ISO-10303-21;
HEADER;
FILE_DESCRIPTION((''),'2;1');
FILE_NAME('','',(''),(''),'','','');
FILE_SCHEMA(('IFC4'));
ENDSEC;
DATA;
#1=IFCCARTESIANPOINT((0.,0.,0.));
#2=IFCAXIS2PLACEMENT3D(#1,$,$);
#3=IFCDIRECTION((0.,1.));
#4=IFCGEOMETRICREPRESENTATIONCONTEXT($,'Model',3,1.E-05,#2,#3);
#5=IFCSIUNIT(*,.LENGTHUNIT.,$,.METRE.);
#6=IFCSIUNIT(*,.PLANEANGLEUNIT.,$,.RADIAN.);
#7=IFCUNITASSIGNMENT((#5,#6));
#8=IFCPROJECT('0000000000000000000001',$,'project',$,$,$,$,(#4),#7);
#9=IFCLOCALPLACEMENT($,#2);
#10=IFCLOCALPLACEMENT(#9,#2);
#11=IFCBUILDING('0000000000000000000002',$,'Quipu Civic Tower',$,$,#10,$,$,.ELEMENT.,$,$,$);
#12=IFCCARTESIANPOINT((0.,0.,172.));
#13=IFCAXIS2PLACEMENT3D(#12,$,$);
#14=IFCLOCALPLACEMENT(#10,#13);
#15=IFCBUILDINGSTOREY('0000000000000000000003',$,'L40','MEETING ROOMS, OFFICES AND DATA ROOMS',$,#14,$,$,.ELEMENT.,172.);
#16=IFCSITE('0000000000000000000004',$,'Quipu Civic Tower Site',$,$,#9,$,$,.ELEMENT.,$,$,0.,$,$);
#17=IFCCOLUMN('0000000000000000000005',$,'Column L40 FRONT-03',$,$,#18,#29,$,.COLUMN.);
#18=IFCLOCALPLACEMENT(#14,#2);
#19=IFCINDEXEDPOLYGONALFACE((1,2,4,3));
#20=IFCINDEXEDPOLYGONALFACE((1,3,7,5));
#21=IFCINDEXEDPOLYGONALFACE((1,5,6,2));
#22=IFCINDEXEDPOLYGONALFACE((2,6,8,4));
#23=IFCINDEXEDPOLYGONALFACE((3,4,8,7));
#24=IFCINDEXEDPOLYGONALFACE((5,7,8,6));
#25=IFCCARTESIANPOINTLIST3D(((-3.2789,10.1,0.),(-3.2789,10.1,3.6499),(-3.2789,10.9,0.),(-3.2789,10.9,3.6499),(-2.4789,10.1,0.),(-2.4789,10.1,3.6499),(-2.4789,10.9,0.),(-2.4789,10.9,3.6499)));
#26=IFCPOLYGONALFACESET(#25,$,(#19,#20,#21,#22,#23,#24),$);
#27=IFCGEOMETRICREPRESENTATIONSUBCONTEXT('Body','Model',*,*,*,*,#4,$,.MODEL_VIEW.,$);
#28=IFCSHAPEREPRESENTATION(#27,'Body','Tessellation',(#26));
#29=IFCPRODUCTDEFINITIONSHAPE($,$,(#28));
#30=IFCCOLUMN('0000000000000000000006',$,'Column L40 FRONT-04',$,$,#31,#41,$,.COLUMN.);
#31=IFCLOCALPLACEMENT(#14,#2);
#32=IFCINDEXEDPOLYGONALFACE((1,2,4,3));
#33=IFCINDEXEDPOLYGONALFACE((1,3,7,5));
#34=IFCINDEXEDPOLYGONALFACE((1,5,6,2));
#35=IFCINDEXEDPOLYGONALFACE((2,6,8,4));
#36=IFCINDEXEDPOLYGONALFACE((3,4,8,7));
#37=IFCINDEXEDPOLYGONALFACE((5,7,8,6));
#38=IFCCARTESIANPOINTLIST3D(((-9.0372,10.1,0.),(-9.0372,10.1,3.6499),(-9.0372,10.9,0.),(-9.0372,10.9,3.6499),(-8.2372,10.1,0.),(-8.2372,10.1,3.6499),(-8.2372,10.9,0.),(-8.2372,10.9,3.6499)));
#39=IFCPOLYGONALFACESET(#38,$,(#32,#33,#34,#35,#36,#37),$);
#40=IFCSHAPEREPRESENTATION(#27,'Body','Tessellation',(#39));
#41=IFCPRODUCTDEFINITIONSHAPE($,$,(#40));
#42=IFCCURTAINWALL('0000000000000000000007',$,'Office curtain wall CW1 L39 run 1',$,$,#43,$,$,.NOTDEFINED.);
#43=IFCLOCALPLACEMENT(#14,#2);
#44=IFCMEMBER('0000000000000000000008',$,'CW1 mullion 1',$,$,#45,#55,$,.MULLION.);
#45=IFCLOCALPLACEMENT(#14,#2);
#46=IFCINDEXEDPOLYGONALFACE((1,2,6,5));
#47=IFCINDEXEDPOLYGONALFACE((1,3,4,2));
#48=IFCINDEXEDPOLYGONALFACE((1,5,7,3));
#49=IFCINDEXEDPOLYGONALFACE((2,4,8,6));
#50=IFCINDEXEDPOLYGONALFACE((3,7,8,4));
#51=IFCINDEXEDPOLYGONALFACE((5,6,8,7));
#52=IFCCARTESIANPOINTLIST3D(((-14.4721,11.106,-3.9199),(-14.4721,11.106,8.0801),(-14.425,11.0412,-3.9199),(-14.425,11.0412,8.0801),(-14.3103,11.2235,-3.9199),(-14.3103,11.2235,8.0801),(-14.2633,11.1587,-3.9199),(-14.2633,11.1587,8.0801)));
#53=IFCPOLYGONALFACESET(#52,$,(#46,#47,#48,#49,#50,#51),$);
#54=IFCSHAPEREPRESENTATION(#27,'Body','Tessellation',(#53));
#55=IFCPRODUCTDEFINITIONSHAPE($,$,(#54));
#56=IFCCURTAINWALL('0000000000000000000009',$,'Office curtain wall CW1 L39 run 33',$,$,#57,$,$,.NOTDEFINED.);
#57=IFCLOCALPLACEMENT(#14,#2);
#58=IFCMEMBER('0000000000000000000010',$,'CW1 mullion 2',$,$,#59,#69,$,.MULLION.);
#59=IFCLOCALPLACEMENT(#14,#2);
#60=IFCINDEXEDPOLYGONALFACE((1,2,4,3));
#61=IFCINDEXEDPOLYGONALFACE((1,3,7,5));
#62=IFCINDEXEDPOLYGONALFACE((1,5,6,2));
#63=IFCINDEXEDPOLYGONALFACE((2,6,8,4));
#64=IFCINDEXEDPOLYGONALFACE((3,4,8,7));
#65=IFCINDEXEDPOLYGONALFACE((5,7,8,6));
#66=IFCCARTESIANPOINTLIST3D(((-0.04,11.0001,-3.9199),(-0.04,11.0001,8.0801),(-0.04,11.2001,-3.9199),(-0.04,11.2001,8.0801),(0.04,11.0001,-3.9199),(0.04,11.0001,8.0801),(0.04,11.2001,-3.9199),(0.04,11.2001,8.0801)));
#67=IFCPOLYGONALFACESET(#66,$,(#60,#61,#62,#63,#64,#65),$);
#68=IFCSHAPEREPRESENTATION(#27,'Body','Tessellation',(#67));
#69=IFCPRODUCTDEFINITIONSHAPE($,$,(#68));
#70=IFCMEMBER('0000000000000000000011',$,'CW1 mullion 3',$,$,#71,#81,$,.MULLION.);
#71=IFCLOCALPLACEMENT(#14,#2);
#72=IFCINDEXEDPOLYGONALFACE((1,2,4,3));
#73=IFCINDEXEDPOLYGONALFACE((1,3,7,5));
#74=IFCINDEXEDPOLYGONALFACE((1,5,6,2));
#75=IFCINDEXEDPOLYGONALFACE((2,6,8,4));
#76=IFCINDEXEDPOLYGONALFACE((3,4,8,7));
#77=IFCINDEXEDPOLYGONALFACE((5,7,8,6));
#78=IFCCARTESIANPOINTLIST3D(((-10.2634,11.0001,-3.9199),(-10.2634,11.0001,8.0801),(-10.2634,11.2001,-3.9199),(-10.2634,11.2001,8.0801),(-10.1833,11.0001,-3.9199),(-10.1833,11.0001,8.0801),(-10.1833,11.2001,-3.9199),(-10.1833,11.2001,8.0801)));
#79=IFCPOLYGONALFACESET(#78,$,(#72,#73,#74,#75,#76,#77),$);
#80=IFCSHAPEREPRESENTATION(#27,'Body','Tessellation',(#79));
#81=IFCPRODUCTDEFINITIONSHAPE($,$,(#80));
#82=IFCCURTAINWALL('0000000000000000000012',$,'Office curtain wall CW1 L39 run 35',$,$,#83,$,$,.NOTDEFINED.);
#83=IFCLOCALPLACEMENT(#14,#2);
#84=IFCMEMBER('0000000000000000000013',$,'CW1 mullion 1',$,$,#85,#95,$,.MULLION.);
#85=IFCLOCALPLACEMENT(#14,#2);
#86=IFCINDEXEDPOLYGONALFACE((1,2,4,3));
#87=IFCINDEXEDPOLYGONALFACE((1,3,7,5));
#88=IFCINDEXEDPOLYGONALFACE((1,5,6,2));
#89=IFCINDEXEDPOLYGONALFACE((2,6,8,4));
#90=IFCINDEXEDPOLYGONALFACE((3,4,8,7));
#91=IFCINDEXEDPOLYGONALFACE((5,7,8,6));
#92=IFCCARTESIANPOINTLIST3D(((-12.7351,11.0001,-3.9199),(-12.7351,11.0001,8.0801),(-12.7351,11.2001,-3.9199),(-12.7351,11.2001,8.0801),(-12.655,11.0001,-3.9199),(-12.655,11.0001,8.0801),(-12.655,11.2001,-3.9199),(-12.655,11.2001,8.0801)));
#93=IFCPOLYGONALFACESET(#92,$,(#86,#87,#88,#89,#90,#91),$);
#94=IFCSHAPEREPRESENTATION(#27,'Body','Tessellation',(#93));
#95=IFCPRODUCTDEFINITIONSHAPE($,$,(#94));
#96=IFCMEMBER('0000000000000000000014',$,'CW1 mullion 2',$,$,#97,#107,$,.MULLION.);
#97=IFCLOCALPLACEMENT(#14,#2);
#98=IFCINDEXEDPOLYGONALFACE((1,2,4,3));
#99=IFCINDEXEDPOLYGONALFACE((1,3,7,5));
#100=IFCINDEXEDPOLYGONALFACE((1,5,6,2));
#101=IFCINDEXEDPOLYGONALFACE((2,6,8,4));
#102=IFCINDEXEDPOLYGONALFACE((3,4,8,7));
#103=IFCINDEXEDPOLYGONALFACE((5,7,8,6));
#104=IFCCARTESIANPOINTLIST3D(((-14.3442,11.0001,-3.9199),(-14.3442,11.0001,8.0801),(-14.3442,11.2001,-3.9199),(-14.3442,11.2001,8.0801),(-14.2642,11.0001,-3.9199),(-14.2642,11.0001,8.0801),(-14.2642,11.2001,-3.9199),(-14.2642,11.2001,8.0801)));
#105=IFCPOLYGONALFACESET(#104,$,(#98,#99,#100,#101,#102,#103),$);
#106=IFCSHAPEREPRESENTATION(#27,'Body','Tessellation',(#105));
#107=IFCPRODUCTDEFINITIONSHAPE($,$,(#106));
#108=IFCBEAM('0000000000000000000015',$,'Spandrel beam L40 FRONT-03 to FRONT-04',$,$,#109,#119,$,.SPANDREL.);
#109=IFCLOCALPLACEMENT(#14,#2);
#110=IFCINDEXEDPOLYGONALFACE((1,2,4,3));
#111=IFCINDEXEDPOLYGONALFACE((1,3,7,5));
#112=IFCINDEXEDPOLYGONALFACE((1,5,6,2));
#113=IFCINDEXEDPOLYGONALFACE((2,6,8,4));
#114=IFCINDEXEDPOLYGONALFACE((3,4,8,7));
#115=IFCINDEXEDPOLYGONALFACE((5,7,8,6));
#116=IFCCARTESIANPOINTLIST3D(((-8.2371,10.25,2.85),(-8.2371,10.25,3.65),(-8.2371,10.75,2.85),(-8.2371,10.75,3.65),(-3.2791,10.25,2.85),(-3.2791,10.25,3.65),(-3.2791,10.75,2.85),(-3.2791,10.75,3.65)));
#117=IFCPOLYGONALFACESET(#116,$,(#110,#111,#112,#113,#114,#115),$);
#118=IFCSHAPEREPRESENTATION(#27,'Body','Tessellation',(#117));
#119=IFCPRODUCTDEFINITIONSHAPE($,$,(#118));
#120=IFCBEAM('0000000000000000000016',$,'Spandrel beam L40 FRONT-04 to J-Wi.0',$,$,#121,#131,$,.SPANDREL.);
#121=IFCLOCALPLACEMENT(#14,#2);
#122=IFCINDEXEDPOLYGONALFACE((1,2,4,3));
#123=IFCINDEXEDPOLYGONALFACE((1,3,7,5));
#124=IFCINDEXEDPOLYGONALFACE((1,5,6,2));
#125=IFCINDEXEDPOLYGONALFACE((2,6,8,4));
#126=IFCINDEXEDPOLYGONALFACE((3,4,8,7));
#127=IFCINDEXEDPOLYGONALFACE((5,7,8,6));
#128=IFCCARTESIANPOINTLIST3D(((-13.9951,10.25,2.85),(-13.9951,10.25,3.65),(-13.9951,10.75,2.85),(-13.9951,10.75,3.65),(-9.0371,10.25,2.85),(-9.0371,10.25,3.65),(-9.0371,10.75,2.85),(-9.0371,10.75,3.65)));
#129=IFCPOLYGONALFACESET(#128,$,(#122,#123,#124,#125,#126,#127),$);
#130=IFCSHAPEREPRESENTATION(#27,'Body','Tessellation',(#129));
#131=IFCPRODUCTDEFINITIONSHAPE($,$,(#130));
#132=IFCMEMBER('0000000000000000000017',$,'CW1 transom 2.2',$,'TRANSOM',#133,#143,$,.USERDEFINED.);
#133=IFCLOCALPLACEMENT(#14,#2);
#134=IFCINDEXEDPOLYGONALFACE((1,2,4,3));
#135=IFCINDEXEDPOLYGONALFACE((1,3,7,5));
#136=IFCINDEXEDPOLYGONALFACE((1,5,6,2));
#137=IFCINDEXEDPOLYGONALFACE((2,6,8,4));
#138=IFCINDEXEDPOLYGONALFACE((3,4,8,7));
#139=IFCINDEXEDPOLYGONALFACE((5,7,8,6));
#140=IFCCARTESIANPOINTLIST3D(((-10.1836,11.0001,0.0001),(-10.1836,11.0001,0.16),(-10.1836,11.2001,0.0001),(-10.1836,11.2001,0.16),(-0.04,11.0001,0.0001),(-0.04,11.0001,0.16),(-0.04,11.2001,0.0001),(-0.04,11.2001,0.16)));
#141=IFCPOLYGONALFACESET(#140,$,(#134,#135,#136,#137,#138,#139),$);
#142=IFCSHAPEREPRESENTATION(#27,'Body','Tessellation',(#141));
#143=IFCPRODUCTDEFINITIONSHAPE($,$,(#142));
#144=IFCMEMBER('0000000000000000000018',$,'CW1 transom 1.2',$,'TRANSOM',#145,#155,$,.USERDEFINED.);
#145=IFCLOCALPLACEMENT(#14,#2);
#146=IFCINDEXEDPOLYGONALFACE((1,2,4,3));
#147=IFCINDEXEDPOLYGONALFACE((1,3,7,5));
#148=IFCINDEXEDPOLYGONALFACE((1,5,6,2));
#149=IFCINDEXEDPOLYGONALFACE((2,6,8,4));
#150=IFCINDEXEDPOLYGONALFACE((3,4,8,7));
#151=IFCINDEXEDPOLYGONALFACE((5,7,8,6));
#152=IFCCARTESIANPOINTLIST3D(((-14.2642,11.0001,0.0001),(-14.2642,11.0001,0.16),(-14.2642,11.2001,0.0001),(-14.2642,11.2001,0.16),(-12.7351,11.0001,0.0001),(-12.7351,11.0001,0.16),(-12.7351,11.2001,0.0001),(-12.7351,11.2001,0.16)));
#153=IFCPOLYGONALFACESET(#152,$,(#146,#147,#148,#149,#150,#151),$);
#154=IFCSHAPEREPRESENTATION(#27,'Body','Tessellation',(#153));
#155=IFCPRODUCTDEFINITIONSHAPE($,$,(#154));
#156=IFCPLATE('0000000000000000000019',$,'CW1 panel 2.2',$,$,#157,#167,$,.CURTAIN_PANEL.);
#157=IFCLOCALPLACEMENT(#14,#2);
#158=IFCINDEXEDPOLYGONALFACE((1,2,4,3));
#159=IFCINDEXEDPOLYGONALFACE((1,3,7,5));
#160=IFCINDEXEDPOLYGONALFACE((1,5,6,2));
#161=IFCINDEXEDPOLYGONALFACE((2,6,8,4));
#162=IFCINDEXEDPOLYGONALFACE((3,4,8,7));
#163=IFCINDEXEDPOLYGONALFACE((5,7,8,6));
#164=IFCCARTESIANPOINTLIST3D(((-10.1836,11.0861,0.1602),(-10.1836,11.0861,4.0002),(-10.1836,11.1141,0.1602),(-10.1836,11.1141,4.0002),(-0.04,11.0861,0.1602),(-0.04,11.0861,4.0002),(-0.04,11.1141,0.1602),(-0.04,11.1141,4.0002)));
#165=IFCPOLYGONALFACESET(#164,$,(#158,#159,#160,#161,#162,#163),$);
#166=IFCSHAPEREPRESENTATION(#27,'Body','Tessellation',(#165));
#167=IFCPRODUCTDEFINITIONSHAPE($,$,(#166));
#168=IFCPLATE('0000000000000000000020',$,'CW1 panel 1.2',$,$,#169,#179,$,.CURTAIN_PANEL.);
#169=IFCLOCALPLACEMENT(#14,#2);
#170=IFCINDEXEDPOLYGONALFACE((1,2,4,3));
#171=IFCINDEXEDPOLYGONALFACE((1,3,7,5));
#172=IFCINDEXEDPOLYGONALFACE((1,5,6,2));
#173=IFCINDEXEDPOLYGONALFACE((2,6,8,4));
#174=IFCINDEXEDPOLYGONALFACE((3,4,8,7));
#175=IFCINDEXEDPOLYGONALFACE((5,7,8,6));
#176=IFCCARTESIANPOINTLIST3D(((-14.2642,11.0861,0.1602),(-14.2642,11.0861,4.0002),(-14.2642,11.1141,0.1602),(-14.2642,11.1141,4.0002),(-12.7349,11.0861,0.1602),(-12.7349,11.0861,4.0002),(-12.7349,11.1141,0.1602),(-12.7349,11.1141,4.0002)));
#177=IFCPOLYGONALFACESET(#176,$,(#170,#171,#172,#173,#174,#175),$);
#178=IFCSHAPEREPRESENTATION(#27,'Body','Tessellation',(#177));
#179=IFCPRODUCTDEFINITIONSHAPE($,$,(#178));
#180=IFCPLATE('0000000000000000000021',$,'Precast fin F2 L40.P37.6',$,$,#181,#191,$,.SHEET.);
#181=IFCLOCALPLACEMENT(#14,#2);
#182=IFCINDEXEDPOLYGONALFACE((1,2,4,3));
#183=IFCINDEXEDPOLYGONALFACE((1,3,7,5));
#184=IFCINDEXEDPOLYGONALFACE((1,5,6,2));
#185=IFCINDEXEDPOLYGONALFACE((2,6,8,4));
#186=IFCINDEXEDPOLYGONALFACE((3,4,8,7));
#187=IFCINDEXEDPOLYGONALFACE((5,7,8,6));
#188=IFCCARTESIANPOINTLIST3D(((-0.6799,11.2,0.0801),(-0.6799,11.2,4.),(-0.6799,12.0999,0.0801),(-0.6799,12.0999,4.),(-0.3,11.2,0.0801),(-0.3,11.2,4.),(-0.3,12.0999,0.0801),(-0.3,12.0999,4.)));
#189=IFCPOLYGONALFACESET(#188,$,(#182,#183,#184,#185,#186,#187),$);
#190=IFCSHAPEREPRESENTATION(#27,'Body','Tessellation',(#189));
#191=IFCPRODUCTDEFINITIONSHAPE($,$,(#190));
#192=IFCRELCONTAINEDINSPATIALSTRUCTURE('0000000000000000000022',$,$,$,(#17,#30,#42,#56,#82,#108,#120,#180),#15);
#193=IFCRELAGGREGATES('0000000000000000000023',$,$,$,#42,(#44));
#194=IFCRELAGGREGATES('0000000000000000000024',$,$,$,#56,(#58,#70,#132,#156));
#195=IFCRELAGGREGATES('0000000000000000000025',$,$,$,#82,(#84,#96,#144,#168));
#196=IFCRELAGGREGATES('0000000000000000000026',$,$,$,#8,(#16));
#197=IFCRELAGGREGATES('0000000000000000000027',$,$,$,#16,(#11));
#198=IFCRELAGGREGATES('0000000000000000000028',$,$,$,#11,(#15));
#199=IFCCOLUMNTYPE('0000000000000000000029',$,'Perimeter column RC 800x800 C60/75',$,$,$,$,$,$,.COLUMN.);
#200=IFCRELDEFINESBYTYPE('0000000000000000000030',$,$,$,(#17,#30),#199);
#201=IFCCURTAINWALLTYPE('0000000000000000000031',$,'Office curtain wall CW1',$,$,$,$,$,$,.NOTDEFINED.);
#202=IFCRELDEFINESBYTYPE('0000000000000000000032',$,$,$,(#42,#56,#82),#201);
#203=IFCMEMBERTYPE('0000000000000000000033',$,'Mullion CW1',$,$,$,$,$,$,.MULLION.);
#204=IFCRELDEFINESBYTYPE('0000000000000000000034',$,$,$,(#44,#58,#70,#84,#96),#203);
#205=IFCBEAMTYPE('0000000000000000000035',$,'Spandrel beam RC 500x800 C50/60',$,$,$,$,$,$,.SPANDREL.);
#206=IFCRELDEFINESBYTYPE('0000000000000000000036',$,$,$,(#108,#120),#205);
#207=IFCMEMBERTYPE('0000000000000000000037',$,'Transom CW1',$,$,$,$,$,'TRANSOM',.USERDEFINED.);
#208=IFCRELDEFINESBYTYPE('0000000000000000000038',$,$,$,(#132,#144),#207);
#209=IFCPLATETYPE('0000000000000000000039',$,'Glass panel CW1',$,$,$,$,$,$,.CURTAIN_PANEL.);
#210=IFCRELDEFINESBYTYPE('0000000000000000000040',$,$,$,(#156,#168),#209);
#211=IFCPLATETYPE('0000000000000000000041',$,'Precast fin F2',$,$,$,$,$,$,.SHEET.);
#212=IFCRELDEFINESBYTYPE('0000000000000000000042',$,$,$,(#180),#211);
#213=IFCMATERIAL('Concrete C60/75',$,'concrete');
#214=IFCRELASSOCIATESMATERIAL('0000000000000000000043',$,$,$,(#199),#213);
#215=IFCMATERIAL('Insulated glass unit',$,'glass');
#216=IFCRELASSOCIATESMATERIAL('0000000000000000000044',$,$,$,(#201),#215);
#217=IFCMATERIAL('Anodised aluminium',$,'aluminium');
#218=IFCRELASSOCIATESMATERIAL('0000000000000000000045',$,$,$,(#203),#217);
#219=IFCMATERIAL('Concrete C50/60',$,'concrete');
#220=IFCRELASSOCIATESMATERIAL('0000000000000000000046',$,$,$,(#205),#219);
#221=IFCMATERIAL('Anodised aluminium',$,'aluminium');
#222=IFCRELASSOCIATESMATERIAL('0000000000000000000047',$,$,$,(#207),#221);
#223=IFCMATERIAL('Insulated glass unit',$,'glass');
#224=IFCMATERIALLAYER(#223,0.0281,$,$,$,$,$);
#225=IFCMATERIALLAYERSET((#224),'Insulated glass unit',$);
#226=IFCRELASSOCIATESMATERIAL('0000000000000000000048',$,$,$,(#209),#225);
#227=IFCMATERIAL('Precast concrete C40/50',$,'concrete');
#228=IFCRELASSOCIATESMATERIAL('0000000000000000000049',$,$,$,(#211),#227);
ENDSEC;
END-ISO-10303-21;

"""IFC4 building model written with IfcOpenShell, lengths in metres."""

from ifc_helpers import new_model, si_unit, direction, frame, origin, origin_2d, place, context, subcontext, project, spatial, rectangle, extrude, material, layer, layer_set, material_profile, profile_set, type_object, element, aggregate, save


model = new_model("IFC4")

# Units and contexts
model_context = context("Model", 3, precision=1e-05, world=origin(), true_north=direction((0.0, 1.0)))
body_context = subcontext(model_context, "Body", "Model", "MODEL_VIEW")
ifc_project = project(units=[si_unit("LENGTHUNIT", "METRE"), si_unit("PLANEANGLEUNIT", "RADIAN")], contexts=[model_context])

# Site, building, storey
site_placement = place(None, origin())
site = spatial("IfcSite", under=ifc_project, at=site_placement, Name="Quipu Civic Tower Site", CompositionType="ELEMENT", RefElevation=0.0)
building_placement = place(site_placement, origin())
building = spatial("IfcBuilding", under=site, at=building_placement, Name="Quipu Civic Tower", CompositionType="ELEMENT")
storey_placement = place(building_placement, frame((0.0, 0.0, 172.0)))
storey = spatial("IfcBuildingStorey", under=building, at=storey_placement, Name="L40", Description="MEETING ROOMS, OFFICES AND DATA ROOMS", CompositionType="ELEMENT", Elevation=172.0)

# Columns
ifc_material_1 = material(Name="Concrete C60/75", Category="concrete")
ifc_material_profile_1 = material_profile(ifc_material_1, rectangle(XDim=0.8, YDim=0.8, at=origin_2d()), Name="RC800x800")
ifc_profile_set_1 = profile_set([ifc_material_profile_1], Name="Concrete C60/75")
column_type = type_object("IfcColumnType", Name="Perimeter column RC 800x800 C60/75", PredefinedType="COLUMN", material=ifc_profile_set_1)
for number, where, z_axis, x_axis, name in (
    (1, (-2.8789, 10.5, 0.0), (0.0, 0.0, 1.0), (-1.0, 0.0, 0.0), "Column L40 FRONT-03"),
    (2, (-8.6372, 10.5, 0.0), (0.0, 0.0, 1.0), (-1.0, 0.0, 0.0), "Column L40 FRONT-04"),
):
    element("IfcColumn", number, at=place(storey_placement, frame(where, z_axis=z_axis, x_axis=x_axis)), inside=storey, type_object=column_type, Name=name, PredefinedType="COLUMN", context=body_context, shape_type="SweptSolid", body=[
        extrude(rectangle(XDim=0.8, YDim=0.8, at=origin_2d()), origin(), (0.0, 0.0, 1.0), 3.6499),
    ])

# Curtain wall, member
ifc_material_2 = material(Name="Insulated glass unit", Category="glass")
curtain_wall_type = type_object("IfcCurtainWallType", Name="Office curtain wall CW1", PredefinedType="NOTDEFINED", material=ifc_material_2)
curtain_wall_1_placement = place(storey_placement, origin())
curtain_wall_1 = element("IfcCurtainWall", 3, at=curtain_wall_1_placement, inside=storey, type_object=curtain_wall_type, Name="Office curtain wall CW1 L39 run 1", PredefinedType="NOTDEFINED")
ifc_material_3 = material(Name="Anodised aluminium", Category="aluminium")
ifc_material_profile_2 = material_profile(ifc_material_3, rectangle(XDim=0.2, YDim=0.0801, at=origin_2d()), Name="RECT 200x80")
ifc_profile_set_2 = profile_set([ifc_material_profile_2], Name="Anodised aluminium")
member_type_1 = type_object("IfcMemberType", Name="Mullion CW1", PredefinedType="MULLION", material=ifc_profile_set_2)
member_1_placement = place(storey_placement, frame((-14.3677, 11.1323, -3.9199), z_axis=(0.0, 0.0, 1.0), x_axis=(-0.809014, -0.587789, 0.0)))
member_1 = element("IfcMember", 4, at=member_1_placement, type_object=member_type_1, Name="CW1 mullion 1", PredefinedType="MULLION", context=body_context, shape_type="SweptSolid", body=[
    extrude(rectangle(XDim=0.2, YDim=0.0801, at=origin_2d()), origin(), (0.0, 0.0, 1.0), 12.0),
])
aggregate(curtain_wall_1, [member_1])

# Curtain walls, members
curtain_wall_2_placement = place(storey_placement, origin())
curtain_wall_2 = element("IfcCurtainWall", 5, at=curtain_wall_2_placement, inside=storey, type_object=curtain_wall_type, Name="Office curtain wall CW1 L39 run 33", PredefinedType="NOTDEFINED")
member_2_placement = place(storey_placement, frame((0.0, 11.1001, -3.9199), z_axis=(0.0, 0.0, 1.0), x_axis=(0.0, -1.0, 0.0)))
member_2 = element("IfcMember", 6, at=member_2_placement, type_object=member_type_1, Name="CW1 mullion 2", PredefinedType="MULLION", context=body_context, shape_type="SweptSolid", body=[
    extrude(rectangle(XDim=0.2, YDim=0.0801, at=origin_2d()), origin(), (0.0, 0.0, 1.0), 12.0),
])
member_3_placement = place(storey_placement, frame((-10.2234, 11.1001, -3.9199), z_axis=(0.0, 0.0, 1.0), x_axis=(0.0, -1.0, 0.0)))
member_3 = element("IfcMember", 7, at=member_3_placement, type_object=member_type_1, Name="CW1 mullion 3", PredefinedType="MULLION", context=body_context, shape_type="SweptSolid", body=[
    extrude(rectangle(XDim=0.2, YDim=0.0801, at=origin_2d()), origin(), (0.0, 0.0, 1.0), 12.0),
])
curtain_wall_3_placement = place(storey_placement, origin())
curtain_wall_3 = element("IfcCurtainWall", 8, at=curtain_wall_3_placement, inside=storey, type_object=curtain_wall_type, Name="Office curtain wall CW1 L39 run 35", PredefinedType="NOTDEFINED")
member_4_placement = place(storey_placement, frame((-12.6951, 11.1001, -3.9199), z_axis=(0.0, 0.0, 1.0), x_axis=(0.0, -1.0, 0.0)))
member_4 = element("IfcMember", 9, at=member_4_placement, type_object=member_type_1, Name="CW1 mullion 1", PredefinedType="MULLION", context=body_context, shape_type="SweptSolid", body=[
    extrude(rectangle(XDim=0.2, YDim=0.0801, at=origin_2d()), origin(), (0.0, 0.0, 1.0), 12.0),
])
member_5_placement = place(storey_placement, frame((-14.3042, 11.1001, -3.9199), z_axis=(0.0, 0.0, 1.0), x_axis=(0.0, -1.0, 0.0)))
member_5 = element("IfcMember", 10, at=member_5_placement, type_object=member_type_1, Name="CW1 mullion 2", PredefinedType="MULLION", context=body_context, shape_type="SweptSolid", body=[
    extrude(rectangle(XDim=0.2, YDim=0.0801, at=origin_2d()), origin(), (0.0, 0.0, 1.0), 12.0),
])

# Beams
ifc_material_4 = material(Name="Concrete C50/60", Category="concrete")
ifc_material_profile_3 = material_profile(ifc_material_4, rectangle(XDim=0.5, YDim=0.8, at=origin_2d()), Name="RC500x800")
ifc_profile_set_3 = profile_set([ifc_material_profile_3], Name="Concrete C50/60")
beam_type = type_object("IfcBeamType", Name="Spandrel beam RC 500x800 C50/60", PredefinedType="SPANDREL", material=ifc_profile_set_3)
for number, where, z_axis, x_axis, name in (
    (11, (-3.2791, 10.5, 3.25), (-1.0, 0.0, 0.0), (0.0, -1.0, 0.0), "Spandrel beam L40 FRONT-03 to FRONT-04"),
    (12, (-9.0371, 10.5, 3.25), (-1.0, 0.0, 0.0), (0.0, -1.0, 0.0), "Spandrel beam L40 FRONT-04 to J-Wi.0"),
):
    element("IfcBeam", number, at=place(storey_placement, frame(where, z_axis=z_axis, x_axis=x_axis)), inside=storey, type_object=beam_type, Name=name, PredefinedType="SPANDREL", context=body_context, shape_type="SweptSolid", body=[
        extrude(rectangle(XDim=0.5, YDim=0.8, at=origin_2d()), origin(), (0.0, 0.0, 1.0), 4.958),
    ])

# Members
ifc_material_5 = material(Name="Anodised aluminium", Category="aluminium")
ifc_material_profile_4 = material_profile(ifc_material_5, rectangle(XDim=0.2, YDim=0.1599, at=origin_2d()), Name="RECT 200x160")
ifc_profile_set_4 = profile_set([ifc_material_profile_4], Name="Anodised aluminium")
member_type_2 = type_object("IfcMemberType", Name="Transom CW1", ElementType="TRANSOM", PredefinedType="USERDEFINED", material=ifc_profile_set_4)
member_6_placement = place(storey_placement, frame((-0.04, 11.1001, 0.0801), z_axis=(-1.0, 0.0, 0.0), x_axis=(0.0, -1.0, 0.0)))
member_6 = element("IfcMember", 13, at=member_6_placement, type_object=member_type_2, Name="CW1 transom 2.2", ObjectType="TRANSOM", PredefinedType="USERDEFINED", context=body_context, shape_type="SweptSolid", body=[
    extrude(rectangle(XDim=0.2, YDim=0.1599, at=origin_2d()), origin(), (0.0, 0.0, 1.0), 10.1436),
])
member_7_placement = place(storey_placement, frame((-12.7351, 11.1001, 0.0801), z_axis=(-1.0, 0.0, 0.0), x_axis=(0.0, -1.0, 0.0)))
member_7 = element("IfcMember", 14, at=member_7_placement, type_object=member_type_2, Name="CW1 transom 1.2", ObjectType="TRANSOM", PredefinedType="USERDEFINED", context=body_context, shape_type="SweptSolid", body=[
    extrude(rectangle(XDim=0.2, YDim=0.1599, at=origin_2d()), origin(), (0.0, 0.0, 1.0), 1.5291),
])

# Plates
ifc_material_6 = material(Name="Insulated glass unit", Category="glass")
ifc_layer_1 = layer(ifc_material_6, 0.0281)
ifc_layer_set_1 = layer_set([ifc_layer_1], Name="Insulated glass unit")
plate_type_1 = type_object("IfcPlateType", Name="Glass panel CW1", PredefinedType="CURTAIN_PANEL", material=ifc_layer_set_1)
plate_1_placement = place(storey_placement, frame((-5.1118, 11.1001, 0.1602), z_axis=(0.0, 0.0, 1.0), x_axis=(-1.0, 0.0, 0.0)))
plate_1 = element("IfcPlate", 15, at=plate_1_placement, type_object=plate_type_1, Name="CW1 panel 2.2", PredefinedType="CURTAIN_PANEL", context=body_context, shape_type="SweptSolid", body=[
    extrude(rectangle(XDim=10.1436, YDim=0.0281, at=origin_2d()), origin(), (0.0, 0.0, 1.0), 3.8401),
])
aggregate(curtain_wall_2, [member_2, member_3, member_6, plate_1])
plate_2_placement = place(storey_placement, frame((-13.4995, 11.1001, 0.1602), z_axis=(0.0, 0.0, 1.0), x_axis=(-1.0, 0.0, 0.0)))
plate_2 = element("IfcPlate", 16, at=plate_2_placement, type_object=plate_type_1, Name="CW1 panel 1.2", PredefinedType="CURTAIN_PANEL", context=body_context, shape_type="SweptSolid", body=[
    extrude(rectangle(XDim=1.5293, YDim=0.0281, at=origin_2d()), origin(), (0.0, 0.0, 1.0), 3.8401),
])
aggregate(curtain_wall_3, [member_4, member_5, member_7, plate_2])

# Plate
ifc_material_7 = material(Name="Precast concrete C40/50", Category="concrete")
plate_type_2 = type_object("IfcPlateType", Name="Precast fin F2", PredefinedType="SHEET", material=ifc_material_7)
for number, where, z_axis, x_axis, name in (
    (17, (-0.49, 11.6499, 0.0801), (0.0, 0.0, 1.0), (-1.0, 0.0, 0.0), "Precast fin F2 L40.P37.6"),
):
    element("IfcPlate", number, at=place(storey_placement, frame(where, z_axis=z_axis, x_axis=x_axis)), inside=storey, type_object=plate_type_2, Name=name, PredefinedType="SHEET", context=body_context, shape_type="SweptSolid", body=[
        extrude(rectangle(XDim=0.3799, YDim=0.8999, at=origin_2d()), origin(), (0.0, 0.0, 1.0), 3.9199),
    ])

save(model, "model.ifc")
